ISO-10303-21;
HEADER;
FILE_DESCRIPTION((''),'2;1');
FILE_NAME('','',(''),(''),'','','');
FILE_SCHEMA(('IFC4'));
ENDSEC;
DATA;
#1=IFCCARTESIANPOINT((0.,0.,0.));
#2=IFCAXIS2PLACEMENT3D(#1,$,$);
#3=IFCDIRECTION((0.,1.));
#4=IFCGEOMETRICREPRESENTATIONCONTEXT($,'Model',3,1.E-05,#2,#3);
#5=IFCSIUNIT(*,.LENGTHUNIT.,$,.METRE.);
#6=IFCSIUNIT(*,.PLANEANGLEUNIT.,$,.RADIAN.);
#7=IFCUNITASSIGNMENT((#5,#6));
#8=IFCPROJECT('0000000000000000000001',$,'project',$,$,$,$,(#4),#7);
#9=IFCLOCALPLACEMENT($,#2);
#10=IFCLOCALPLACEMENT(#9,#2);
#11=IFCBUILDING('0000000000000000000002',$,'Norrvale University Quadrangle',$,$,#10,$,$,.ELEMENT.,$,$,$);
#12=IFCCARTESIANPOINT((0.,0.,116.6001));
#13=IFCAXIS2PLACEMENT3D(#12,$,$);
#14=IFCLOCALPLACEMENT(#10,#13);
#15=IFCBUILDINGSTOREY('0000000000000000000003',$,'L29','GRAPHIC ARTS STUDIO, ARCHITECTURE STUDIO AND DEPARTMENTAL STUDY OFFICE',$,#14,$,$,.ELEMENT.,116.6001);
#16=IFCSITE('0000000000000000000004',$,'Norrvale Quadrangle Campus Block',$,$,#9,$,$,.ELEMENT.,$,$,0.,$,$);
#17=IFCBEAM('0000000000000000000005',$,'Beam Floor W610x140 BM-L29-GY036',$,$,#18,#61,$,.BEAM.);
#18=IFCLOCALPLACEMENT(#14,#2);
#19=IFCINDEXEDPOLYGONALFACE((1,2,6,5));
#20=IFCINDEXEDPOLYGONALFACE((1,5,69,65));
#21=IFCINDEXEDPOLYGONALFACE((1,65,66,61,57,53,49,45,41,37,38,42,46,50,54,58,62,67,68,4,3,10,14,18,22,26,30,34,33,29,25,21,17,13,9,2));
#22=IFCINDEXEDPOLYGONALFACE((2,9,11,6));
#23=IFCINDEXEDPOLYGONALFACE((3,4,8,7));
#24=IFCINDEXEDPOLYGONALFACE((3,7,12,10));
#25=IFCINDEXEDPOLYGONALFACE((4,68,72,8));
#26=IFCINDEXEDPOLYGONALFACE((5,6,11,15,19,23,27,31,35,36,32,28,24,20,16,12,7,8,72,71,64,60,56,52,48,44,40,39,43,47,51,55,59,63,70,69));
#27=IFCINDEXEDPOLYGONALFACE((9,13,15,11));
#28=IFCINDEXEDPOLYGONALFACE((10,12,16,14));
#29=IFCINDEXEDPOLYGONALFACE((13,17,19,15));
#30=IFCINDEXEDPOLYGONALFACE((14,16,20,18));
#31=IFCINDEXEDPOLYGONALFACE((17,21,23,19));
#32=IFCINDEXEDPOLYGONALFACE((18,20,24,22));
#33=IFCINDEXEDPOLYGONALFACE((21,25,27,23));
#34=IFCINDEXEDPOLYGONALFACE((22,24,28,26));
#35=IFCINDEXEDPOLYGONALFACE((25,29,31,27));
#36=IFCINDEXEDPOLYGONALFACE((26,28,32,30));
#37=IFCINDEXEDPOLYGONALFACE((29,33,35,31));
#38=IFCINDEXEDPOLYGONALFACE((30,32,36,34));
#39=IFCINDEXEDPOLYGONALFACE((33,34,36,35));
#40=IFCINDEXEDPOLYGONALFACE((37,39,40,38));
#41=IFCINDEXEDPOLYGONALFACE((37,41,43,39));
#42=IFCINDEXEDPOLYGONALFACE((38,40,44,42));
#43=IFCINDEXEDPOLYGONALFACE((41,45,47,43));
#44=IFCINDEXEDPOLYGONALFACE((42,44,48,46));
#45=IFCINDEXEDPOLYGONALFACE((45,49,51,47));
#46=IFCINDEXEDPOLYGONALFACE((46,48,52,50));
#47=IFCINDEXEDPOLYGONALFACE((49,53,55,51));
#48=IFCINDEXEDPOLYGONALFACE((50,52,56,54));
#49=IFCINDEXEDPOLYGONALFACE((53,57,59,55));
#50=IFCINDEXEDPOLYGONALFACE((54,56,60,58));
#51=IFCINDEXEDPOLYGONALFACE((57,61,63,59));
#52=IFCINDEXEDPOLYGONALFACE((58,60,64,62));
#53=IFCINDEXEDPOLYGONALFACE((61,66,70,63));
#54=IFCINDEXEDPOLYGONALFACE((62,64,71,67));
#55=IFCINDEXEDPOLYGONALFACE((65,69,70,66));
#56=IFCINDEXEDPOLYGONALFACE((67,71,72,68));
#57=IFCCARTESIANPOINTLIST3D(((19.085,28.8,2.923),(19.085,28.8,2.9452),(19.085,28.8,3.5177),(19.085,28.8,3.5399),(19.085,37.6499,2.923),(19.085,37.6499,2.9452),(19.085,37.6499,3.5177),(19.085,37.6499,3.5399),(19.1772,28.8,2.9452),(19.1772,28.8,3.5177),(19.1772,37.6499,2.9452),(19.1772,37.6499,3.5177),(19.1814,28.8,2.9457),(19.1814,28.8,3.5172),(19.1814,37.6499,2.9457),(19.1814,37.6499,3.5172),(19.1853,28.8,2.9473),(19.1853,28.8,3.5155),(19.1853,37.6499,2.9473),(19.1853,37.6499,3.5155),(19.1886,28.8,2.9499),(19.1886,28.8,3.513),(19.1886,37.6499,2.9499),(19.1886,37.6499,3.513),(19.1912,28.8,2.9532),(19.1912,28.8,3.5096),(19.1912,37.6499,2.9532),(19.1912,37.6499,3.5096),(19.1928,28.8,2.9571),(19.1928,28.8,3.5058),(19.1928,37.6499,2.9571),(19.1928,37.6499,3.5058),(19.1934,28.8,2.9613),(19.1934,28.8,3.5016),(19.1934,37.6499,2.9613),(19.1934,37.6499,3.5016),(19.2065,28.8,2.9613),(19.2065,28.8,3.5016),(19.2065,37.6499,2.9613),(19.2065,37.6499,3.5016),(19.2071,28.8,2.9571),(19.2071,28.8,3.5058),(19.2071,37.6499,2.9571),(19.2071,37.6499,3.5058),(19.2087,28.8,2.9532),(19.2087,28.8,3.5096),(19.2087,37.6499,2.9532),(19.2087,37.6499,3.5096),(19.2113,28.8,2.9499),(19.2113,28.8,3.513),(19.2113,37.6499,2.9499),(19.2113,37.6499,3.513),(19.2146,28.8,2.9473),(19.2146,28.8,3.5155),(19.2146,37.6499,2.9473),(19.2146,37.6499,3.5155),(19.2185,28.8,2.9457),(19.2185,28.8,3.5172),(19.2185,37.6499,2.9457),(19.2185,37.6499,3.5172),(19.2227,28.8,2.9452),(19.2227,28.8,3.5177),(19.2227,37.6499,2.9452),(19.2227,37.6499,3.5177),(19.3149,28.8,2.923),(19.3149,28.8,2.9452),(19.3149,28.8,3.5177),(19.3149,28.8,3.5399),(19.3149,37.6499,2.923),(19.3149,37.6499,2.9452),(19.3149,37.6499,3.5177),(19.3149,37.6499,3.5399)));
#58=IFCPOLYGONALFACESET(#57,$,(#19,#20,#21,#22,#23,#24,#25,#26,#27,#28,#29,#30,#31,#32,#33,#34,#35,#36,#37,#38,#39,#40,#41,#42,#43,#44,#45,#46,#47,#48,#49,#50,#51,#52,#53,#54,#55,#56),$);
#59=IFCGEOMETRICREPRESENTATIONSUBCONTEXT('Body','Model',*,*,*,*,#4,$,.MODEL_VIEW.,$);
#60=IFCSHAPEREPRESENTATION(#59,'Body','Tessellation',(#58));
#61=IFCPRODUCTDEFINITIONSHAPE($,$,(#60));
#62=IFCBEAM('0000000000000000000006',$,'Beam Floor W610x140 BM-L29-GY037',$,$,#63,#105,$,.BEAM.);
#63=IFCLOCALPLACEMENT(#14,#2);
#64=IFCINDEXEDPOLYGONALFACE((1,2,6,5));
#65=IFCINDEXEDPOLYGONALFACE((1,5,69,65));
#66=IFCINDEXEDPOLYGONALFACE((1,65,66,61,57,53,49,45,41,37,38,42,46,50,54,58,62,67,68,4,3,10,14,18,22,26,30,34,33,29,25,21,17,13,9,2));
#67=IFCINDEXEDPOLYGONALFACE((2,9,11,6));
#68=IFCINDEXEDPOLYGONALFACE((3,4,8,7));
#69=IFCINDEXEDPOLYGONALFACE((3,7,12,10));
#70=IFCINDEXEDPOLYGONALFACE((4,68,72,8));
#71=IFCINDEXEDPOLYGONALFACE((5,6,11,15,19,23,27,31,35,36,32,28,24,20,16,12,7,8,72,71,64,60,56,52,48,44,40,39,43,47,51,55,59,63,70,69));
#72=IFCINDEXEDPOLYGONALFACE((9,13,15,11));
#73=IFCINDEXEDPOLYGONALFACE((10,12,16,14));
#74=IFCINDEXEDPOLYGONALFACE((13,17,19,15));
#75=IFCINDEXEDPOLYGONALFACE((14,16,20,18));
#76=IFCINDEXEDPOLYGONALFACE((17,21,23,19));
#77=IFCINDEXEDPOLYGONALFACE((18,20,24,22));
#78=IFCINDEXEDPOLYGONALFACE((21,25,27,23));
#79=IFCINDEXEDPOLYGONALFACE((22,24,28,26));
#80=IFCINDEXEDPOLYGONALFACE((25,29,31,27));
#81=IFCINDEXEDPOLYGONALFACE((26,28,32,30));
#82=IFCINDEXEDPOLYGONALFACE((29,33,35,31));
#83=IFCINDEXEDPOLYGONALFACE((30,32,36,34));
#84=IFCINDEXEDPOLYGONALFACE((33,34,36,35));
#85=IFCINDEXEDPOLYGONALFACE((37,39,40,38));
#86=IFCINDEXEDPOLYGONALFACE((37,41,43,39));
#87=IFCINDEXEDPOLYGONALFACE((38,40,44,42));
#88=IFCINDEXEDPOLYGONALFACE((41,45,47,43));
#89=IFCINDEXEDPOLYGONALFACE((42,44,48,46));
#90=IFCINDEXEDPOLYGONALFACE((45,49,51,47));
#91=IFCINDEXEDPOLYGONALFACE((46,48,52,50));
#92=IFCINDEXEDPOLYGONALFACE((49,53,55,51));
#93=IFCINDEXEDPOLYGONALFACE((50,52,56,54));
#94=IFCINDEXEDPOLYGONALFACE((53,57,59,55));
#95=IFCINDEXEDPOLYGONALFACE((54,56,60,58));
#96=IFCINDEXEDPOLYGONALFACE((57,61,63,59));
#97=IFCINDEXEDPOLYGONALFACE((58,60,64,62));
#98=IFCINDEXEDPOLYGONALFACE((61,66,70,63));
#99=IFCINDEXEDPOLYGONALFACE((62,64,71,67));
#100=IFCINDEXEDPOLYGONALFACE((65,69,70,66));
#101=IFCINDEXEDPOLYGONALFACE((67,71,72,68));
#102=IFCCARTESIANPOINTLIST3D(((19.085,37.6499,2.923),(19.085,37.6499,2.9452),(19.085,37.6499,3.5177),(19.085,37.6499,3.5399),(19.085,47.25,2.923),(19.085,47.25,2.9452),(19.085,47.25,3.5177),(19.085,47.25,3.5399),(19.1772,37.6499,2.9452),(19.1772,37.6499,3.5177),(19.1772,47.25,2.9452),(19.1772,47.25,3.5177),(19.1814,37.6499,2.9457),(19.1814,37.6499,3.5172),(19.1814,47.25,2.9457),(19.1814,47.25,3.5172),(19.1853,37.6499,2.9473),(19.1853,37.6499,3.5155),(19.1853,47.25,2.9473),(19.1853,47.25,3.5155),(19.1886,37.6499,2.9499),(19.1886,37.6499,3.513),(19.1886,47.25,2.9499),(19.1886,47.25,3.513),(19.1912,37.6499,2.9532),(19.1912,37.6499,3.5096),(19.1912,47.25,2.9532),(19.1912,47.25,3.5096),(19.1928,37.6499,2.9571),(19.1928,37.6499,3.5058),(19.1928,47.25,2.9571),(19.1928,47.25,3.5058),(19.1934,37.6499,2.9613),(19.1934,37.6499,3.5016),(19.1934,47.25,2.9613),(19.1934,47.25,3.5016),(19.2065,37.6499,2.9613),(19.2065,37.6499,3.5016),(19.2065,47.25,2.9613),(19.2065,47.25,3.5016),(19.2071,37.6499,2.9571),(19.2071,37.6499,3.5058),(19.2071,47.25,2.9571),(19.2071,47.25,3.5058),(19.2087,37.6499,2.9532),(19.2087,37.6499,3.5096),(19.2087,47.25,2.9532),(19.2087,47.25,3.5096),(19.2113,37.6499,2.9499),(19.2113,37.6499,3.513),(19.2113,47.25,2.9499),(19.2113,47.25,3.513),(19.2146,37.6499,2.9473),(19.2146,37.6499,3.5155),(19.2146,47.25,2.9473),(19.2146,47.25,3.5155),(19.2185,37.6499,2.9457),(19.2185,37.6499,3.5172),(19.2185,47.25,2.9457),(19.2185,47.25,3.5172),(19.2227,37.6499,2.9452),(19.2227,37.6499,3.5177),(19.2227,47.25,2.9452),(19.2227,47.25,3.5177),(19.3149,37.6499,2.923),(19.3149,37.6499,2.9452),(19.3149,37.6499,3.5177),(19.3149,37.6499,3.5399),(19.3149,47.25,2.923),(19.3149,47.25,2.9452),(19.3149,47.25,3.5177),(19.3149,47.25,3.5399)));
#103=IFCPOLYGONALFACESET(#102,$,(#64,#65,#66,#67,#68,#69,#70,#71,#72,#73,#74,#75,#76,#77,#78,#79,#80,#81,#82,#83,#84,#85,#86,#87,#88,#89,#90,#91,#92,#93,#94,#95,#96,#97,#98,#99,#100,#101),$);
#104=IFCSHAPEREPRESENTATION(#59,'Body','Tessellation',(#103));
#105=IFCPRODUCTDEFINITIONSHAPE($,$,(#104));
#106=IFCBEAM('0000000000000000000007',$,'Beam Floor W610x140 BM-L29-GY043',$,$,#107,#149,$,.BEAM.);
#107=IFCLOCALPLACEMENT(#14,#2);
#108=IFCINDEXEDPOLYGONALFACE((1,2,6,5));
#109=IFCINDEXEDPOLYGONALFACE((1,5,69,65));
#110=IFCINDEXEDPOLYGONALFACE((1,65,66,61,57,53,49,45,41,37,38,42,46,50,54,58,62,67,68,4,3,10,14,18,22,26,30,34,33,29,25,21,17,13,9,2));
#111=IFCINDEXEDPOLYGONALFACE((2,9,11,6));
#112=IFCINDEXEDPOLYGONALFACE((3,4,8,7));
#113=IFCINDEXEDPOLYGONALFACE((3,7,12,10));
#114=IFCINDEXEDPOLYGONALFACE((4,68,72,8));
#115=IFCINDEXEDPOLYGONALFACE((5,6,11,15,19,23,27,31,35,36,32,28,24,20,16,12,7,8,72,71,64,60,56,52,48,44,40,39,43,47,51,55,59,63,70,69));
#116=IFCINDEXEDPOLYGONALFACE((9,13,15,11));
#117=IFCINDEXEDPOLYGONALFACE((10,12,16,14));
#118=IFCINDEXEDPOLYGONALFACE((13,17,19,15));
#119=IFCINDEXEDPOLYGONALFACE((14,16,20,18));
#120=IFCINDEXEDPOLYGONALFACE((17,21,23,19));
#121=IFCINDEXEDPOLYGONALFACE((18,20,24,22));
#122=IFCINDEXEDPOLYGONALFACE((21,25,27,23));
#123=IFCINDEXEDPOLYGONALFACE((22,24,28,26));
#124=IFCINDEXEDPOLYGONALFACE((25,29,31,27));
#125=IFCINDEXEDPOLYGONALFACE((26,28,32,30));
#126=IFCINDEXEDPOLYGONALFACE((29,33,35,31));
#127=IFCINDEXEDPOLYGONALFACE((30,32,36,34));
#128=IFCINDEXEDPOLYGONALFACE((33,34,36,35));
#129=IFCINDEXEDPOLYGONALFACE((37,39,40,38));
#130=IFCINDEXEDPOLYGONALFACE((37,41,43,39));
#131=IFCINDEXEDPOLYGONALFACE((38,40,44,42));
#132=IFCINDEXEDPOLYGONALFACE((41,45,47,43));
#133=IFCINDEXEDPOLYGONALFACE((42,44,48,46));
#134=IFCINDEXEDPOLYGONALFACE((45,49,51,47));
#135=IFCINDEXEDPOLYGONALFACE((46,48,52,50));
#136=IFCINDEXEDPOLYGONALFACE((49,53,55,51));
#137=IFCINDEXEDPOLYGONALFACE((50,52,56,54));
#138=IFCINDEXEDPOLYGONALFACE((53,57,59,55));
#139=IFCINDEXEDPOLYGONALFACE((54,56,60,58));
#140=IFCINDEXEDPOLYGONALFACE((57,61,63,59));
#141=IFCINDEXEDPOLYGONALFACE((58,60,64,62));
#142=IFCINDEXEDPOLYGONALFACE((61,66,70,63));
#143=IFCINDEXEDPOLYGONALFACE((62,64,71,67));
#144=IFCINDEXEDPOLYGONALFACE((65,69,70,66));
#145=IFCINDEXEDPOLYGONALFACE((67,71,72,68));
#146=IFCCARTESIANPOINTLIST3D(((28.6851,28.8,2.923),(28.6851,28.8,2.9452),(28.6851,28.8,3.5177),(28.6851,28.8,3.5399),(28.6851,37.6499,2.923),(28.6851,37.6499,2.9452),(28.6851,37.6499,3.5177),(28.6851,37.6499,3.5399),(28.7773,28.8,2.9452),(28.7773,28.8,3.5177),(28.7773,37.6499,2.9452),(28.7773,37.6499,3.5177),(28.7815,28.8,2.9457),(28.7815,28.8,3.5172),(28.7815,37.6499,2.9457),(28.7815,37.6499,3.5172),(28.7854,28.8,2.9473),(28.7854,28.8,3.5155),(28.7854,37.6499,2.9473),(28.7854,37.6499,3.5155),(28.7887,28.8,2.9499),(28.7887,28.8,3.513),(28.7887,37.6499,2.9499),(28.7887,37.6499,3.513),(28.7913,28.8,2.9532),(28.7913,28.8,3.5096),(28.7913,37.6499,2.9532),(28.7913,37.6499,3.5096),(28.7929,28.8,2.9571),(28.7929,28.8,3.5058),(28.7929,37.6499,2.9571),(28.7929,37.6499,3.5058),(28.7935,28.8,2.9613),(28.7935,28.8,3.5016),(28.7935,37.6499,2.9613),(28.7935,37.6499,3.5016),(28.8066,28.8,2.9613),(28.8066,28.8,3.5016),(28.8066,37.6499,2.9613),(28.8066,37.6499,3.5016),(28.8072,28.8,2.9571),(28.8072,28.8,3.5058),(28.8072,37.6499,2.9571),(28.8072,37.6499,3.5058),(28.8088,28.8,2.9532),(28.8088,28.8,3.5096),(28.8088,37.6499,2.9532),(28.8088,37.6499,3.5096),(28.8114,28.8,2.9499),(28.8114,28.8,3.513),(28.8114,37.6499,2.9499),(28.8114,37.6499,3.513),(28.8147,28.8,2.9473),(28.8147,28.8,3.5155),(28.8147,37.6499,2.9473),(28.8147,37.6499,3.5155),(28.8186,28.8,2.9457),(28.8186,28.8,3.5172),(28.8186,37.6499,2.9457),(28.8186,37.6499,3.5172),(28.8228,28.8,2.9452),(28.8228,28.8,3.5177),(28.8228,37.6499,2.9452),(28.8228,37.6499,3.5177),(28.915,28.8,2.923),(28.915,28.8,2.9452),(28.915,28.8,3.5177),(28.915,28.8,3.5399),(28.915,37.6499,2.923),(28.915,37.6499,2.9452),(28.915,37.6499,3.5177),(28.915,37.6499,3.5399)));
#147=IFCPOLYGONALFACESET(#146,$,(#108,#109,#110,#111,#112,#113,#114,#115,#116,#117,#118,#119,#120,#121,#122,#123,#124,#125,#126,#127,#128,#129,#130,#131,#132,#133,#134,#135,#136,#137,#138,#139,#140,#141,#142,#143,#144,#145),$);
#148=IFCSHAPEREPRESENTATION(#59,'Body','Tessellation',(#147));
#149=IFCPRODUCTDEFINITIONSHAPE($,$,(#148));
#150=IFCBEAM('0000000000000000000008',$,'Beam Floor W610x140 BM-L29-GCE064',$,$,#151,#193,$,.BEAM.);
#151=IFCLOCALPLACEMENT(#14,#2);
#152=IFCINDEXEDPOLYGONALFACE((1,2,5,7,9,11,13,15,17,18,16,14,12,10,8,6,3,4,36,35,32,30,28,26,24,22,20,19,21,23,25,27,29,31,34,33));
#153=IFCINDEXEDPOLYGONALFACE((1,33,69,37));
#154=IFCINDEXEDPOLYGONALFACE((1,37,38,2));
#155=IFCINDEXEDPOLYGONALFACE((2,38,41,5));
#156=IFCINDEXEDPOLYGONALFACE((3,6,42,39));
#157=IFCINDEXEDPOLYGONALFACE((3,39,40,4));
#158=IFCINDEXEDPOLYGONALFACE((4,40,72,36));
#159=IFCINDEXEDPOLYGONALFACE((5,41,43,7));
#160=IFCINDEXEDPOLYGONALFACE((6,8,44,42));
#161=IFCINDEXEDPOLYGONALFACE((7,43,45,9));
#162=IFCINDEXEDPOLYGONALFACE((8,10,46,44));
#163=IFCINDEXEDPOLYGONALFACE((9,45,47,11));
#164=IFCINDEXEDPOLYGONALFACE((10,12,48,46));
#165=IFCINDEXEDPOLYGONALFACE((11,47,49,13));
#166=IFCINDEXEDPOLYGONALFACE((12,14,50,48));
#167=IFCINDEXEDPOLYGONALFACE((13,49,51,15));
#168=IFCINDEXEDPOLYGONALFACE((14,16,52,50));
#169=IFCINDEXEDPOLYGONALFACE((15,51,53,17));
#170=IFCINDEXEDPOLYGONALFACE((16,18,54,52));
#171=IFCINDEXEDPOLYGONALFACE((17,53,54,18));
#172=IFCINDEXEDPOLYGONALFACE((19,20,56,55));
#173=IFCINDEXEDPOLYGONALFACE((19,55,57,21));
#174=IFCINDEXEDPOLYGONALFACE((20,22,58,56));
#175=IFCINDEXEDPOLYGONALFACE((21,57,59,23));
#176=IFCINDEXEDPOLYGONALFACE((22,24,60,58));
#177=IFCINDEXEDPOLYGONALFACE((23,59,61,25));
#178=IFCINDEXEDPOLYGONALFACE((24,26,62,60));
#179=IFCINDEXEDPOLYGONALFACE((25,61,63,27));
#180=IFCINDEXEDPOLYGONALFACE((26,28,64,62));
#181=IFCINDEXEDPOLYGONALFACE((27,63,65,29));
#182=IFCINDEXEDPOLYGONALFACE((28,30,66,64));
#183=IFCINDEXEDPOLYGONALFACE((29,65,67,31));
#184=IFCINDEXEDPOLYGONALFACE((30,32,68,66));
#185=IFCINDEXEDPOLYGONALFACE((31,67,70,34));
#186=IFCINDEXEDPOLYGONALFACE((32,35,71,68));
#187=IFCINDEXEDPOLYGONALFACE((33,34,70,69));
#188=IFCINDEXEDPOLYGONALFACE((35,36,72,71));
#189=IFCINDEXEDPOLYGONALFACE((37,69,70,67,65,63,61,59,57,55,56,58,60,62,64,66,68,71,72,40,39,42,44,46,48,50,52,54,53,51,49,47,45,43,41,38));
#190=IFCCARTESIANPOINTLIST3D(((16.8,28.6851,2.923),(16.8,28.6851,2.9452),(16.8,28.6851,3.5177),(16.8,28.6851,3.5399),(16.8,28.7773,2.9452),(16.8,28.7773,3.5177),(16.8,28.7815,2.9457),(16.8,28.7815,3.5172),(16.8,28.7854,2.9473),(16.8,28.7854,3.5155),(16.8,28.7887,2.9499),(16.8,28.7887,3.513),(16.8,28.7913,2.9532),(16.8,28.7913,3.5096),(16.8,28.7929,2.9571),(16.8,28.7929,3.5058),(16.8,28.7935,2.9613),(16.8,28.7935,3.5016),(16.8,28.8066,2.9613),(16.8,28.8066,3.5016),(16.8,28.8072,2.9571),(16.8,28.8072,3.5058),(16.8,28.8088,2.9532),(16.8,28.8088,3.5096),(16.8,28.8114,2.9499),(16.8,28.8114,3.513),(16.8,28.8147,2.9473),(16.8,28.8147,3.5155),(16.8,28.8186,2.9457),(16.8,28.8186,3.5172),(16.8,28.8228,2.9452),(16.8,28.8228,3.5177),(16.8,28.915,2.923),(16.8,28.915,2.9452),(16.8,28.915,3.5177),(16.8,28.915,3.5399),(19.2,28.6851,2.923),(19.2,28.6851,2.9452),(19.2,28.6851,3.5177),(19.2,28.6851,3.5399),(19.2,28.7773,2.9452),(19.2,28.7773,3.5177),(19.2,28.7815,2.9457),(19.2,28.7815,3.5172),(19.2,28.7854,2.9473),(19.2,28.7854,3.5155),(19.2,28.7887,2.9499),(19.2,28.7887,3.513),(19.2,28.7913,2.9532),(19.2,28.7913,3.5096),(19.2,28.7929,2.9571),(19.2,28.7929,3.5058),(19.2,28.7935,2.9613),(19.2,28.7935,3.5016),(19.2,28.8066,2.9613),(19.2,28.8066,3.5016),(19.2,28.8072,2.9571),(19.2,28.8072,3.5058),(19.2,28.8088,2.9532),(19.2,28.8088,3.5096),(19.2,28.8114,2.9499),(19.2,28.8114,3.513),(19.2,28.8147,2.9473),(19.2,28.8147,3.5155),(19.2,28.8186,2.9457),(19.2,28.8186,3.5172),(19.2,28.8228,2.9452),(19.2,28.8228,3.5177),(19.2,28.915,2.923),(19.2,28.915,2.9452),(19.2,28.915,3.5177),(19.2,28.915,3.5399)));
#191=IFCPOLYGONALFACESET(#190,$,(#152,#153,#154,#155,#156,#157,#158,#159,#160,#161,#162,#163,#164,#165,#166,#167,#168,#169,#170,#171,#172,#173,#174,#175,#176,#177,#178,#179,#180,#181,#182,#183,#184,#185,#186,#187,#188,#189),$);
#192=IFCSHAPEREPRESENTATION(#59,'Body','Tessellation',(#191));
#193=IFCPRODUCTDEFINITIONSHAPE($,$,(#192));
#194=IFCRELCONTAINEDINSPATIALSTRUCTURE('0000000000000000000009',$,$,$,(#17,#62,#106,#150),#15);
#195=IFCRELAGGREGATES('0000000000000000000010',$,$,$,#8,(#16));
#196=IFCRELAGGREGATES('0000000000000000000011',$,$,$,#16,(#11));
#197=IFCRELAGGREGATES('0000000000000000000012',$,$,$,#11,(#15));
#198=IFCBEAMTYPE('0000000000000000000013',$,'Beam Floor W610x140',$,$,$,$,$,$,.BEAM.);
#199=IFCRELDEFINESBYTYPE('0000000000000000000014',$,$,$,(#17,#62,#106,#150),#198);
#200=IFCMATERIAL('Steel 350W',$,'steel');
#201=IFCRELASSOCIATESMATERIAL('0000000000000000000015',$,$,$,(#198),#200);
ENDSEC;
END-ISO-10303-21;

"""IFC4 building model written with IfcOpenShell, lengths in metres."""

from ifc_helpers import new_model, si_unit, direction, frame, origin, origin_2d, place, context, subcontext, project, spatial, i_section, extrude, material, material_profile, profile_set, type_object, element, save


model = new_model("IFC4")

# Units and contexts
model_context = context("Model", 3, precision=1e-05, world=origin(), true_north=direction((0.0, 1.0)))
body_context = subcontext(model_context, "Body", "Model", "MODEL_VIEW")
ifc_project = project(units=[si_unit("LENGTHUNIT", "METRE"), si_unit("PLANEANGLEUNIT", "RADIAN")], contexts=[model_context])

# Site, building, storey
site_placement = place(None, origin())
site = spatial("IfcSite", under=ifc_project, at=site_placement, Name="Norrvale Quadrangle Campus Block", CompositionType="ELEMENT", RefElevation=0.0)
building_placement = place(site_placement, origin())
building = spatial("IfcBuilding", under=site, at=building_placement, Name="Norrvale University Quadrangle", CompositionType="ELEMENT")
storey_placement = place(building_placement, frame((0.0, 0.0, 116.6001)))
storey = spatial("IfcBuildingStorey", under=building, at=storey_placement, Name="L29", Description="GRAPHIC ARTS STUDIO, ARCHITECTURE STUDIO AND DEPARTMENTAL STUDY OFFICE", CompositionType="ELEMENT", Elevation=116.6001)

# Beams
ifc_material_1 = material(Name="Steel 350W", Category="steel")
ifc_material_profile_1 = material_profile(ifc_material_1, i_section(OverallWidth=0.23, OverallDepth=0.6169, WebThickness=0.0132, FlangeThickness=0.0222, FilletRadius=0.0161, at=origin_2d()), Name="Steel 350W")
ifc_profile_set_1 = profile_set([ifc_material_profile_1], Name="Steel 350W")
beam_type_1 = type_object("IfcBeamType", Name="Beam Floor W610x140", PredefinedType="BEAM", material=ifc_profile_set_1)
for number, where, z_axis, x_axis, name in (
    (1, (19.2, 28.8, 3.2314), (0.0, 1.0, 0.0), (-1.0, 0.0, 0.0), "Beam Floor W610x140 BM-L29-GY036"),
):
    element("IfcBeam", number, at=place(storey_placement, frame(where, z_axis=z_axis, x_axis=x_axis)), inside=storey, type_object=beam_type_1, Name=name, PredefinedType="BEAM", context=body_context, shape_type="SweptSolid", body=[
        extrude(i_section(OverallWidth=0.23, OverallDepth=0.6169, WebThickness=0.0132, FlangeThickness=0.0222, FilletRadius=0.0161, at=origin_2d()), origin(), (0.0, 0.0, 1.0), 8.8499),
    ])
beam_1_placement = place(storey_placement, frame((19.2, 37.6499, 3.2314), z_axis=(0.0, 1.0, 0.0), x_axis=(-1.0, 0.0, 0.0)))
element("IfcBeam", 2, at=beam_1_placement, inside=storey, type_object=beam_type_1, Name="Beam Floor W610x140 BM-L29-GY037", PredefinedType="BEAM", context=body_context, shape_type="SweptSolid", body=[
    extrude(i_section(OverallWidth=0.23, OverallDepth=0.6169, WebThickness=0.0132, FlangeThickness=0.0222, FilletRadius=0.0161, at=origin_2d()), origin(), (0.0, 0.0, 1.0), 9.6001),
])
beam_2_placement = place(storey_placement, frame((28.8, 28.8, 3.2314), z_axis=(0.0, 1.0, 0.0), x_axis=(-1.0, 0.0, 0.0)))
element("IfcBeam", 3, at=beam_2_placement, inside=storey, type_object=beam_type_1, Name="Beam Floor W610x140 BM-L29-GY043", PredefinedType="BEAM", context=body_context, shape_type="SweptSolid", body=[
    extrude(i_section(OverallWidth=0.23, OverallDepth=0.6169, WebThickness=0.0132, FlangeThickness=0.0222, FilletRadius=0.0161, at=origin_2d()), origin(), (0.0, 0.0, 1.0), 8.8499),
])
for number, where, z_axis, x_axis, name in (
    (4, (16.8, 28.8, 3.2314), (1.0, 0.0, 0.0), (0.0, 1.0, 0.0), "Beam Floor W610x140 BM-L29-GCE064"),
):
    element("IfcBeam", number, at=place(storey_placement, frame(where, z_axis=z_axis, x_axis=x_axis)), inside=storey, type_object=beam_type_1, Name=name, PredefinedType="BEAM", context=body_context, shape_type="SweptSolid", body=[
        extrude(i_section(OverallWidth=0.23, OverallDepth=0.6169, WebThickness=0.0132, FlangeThickness=0.0222, FilletRadius=0.0161, at=origin_2d()), origin(), (0.0, 0.0, 1.0), 2.3999),
    ])

save(model, "model.ifc")
